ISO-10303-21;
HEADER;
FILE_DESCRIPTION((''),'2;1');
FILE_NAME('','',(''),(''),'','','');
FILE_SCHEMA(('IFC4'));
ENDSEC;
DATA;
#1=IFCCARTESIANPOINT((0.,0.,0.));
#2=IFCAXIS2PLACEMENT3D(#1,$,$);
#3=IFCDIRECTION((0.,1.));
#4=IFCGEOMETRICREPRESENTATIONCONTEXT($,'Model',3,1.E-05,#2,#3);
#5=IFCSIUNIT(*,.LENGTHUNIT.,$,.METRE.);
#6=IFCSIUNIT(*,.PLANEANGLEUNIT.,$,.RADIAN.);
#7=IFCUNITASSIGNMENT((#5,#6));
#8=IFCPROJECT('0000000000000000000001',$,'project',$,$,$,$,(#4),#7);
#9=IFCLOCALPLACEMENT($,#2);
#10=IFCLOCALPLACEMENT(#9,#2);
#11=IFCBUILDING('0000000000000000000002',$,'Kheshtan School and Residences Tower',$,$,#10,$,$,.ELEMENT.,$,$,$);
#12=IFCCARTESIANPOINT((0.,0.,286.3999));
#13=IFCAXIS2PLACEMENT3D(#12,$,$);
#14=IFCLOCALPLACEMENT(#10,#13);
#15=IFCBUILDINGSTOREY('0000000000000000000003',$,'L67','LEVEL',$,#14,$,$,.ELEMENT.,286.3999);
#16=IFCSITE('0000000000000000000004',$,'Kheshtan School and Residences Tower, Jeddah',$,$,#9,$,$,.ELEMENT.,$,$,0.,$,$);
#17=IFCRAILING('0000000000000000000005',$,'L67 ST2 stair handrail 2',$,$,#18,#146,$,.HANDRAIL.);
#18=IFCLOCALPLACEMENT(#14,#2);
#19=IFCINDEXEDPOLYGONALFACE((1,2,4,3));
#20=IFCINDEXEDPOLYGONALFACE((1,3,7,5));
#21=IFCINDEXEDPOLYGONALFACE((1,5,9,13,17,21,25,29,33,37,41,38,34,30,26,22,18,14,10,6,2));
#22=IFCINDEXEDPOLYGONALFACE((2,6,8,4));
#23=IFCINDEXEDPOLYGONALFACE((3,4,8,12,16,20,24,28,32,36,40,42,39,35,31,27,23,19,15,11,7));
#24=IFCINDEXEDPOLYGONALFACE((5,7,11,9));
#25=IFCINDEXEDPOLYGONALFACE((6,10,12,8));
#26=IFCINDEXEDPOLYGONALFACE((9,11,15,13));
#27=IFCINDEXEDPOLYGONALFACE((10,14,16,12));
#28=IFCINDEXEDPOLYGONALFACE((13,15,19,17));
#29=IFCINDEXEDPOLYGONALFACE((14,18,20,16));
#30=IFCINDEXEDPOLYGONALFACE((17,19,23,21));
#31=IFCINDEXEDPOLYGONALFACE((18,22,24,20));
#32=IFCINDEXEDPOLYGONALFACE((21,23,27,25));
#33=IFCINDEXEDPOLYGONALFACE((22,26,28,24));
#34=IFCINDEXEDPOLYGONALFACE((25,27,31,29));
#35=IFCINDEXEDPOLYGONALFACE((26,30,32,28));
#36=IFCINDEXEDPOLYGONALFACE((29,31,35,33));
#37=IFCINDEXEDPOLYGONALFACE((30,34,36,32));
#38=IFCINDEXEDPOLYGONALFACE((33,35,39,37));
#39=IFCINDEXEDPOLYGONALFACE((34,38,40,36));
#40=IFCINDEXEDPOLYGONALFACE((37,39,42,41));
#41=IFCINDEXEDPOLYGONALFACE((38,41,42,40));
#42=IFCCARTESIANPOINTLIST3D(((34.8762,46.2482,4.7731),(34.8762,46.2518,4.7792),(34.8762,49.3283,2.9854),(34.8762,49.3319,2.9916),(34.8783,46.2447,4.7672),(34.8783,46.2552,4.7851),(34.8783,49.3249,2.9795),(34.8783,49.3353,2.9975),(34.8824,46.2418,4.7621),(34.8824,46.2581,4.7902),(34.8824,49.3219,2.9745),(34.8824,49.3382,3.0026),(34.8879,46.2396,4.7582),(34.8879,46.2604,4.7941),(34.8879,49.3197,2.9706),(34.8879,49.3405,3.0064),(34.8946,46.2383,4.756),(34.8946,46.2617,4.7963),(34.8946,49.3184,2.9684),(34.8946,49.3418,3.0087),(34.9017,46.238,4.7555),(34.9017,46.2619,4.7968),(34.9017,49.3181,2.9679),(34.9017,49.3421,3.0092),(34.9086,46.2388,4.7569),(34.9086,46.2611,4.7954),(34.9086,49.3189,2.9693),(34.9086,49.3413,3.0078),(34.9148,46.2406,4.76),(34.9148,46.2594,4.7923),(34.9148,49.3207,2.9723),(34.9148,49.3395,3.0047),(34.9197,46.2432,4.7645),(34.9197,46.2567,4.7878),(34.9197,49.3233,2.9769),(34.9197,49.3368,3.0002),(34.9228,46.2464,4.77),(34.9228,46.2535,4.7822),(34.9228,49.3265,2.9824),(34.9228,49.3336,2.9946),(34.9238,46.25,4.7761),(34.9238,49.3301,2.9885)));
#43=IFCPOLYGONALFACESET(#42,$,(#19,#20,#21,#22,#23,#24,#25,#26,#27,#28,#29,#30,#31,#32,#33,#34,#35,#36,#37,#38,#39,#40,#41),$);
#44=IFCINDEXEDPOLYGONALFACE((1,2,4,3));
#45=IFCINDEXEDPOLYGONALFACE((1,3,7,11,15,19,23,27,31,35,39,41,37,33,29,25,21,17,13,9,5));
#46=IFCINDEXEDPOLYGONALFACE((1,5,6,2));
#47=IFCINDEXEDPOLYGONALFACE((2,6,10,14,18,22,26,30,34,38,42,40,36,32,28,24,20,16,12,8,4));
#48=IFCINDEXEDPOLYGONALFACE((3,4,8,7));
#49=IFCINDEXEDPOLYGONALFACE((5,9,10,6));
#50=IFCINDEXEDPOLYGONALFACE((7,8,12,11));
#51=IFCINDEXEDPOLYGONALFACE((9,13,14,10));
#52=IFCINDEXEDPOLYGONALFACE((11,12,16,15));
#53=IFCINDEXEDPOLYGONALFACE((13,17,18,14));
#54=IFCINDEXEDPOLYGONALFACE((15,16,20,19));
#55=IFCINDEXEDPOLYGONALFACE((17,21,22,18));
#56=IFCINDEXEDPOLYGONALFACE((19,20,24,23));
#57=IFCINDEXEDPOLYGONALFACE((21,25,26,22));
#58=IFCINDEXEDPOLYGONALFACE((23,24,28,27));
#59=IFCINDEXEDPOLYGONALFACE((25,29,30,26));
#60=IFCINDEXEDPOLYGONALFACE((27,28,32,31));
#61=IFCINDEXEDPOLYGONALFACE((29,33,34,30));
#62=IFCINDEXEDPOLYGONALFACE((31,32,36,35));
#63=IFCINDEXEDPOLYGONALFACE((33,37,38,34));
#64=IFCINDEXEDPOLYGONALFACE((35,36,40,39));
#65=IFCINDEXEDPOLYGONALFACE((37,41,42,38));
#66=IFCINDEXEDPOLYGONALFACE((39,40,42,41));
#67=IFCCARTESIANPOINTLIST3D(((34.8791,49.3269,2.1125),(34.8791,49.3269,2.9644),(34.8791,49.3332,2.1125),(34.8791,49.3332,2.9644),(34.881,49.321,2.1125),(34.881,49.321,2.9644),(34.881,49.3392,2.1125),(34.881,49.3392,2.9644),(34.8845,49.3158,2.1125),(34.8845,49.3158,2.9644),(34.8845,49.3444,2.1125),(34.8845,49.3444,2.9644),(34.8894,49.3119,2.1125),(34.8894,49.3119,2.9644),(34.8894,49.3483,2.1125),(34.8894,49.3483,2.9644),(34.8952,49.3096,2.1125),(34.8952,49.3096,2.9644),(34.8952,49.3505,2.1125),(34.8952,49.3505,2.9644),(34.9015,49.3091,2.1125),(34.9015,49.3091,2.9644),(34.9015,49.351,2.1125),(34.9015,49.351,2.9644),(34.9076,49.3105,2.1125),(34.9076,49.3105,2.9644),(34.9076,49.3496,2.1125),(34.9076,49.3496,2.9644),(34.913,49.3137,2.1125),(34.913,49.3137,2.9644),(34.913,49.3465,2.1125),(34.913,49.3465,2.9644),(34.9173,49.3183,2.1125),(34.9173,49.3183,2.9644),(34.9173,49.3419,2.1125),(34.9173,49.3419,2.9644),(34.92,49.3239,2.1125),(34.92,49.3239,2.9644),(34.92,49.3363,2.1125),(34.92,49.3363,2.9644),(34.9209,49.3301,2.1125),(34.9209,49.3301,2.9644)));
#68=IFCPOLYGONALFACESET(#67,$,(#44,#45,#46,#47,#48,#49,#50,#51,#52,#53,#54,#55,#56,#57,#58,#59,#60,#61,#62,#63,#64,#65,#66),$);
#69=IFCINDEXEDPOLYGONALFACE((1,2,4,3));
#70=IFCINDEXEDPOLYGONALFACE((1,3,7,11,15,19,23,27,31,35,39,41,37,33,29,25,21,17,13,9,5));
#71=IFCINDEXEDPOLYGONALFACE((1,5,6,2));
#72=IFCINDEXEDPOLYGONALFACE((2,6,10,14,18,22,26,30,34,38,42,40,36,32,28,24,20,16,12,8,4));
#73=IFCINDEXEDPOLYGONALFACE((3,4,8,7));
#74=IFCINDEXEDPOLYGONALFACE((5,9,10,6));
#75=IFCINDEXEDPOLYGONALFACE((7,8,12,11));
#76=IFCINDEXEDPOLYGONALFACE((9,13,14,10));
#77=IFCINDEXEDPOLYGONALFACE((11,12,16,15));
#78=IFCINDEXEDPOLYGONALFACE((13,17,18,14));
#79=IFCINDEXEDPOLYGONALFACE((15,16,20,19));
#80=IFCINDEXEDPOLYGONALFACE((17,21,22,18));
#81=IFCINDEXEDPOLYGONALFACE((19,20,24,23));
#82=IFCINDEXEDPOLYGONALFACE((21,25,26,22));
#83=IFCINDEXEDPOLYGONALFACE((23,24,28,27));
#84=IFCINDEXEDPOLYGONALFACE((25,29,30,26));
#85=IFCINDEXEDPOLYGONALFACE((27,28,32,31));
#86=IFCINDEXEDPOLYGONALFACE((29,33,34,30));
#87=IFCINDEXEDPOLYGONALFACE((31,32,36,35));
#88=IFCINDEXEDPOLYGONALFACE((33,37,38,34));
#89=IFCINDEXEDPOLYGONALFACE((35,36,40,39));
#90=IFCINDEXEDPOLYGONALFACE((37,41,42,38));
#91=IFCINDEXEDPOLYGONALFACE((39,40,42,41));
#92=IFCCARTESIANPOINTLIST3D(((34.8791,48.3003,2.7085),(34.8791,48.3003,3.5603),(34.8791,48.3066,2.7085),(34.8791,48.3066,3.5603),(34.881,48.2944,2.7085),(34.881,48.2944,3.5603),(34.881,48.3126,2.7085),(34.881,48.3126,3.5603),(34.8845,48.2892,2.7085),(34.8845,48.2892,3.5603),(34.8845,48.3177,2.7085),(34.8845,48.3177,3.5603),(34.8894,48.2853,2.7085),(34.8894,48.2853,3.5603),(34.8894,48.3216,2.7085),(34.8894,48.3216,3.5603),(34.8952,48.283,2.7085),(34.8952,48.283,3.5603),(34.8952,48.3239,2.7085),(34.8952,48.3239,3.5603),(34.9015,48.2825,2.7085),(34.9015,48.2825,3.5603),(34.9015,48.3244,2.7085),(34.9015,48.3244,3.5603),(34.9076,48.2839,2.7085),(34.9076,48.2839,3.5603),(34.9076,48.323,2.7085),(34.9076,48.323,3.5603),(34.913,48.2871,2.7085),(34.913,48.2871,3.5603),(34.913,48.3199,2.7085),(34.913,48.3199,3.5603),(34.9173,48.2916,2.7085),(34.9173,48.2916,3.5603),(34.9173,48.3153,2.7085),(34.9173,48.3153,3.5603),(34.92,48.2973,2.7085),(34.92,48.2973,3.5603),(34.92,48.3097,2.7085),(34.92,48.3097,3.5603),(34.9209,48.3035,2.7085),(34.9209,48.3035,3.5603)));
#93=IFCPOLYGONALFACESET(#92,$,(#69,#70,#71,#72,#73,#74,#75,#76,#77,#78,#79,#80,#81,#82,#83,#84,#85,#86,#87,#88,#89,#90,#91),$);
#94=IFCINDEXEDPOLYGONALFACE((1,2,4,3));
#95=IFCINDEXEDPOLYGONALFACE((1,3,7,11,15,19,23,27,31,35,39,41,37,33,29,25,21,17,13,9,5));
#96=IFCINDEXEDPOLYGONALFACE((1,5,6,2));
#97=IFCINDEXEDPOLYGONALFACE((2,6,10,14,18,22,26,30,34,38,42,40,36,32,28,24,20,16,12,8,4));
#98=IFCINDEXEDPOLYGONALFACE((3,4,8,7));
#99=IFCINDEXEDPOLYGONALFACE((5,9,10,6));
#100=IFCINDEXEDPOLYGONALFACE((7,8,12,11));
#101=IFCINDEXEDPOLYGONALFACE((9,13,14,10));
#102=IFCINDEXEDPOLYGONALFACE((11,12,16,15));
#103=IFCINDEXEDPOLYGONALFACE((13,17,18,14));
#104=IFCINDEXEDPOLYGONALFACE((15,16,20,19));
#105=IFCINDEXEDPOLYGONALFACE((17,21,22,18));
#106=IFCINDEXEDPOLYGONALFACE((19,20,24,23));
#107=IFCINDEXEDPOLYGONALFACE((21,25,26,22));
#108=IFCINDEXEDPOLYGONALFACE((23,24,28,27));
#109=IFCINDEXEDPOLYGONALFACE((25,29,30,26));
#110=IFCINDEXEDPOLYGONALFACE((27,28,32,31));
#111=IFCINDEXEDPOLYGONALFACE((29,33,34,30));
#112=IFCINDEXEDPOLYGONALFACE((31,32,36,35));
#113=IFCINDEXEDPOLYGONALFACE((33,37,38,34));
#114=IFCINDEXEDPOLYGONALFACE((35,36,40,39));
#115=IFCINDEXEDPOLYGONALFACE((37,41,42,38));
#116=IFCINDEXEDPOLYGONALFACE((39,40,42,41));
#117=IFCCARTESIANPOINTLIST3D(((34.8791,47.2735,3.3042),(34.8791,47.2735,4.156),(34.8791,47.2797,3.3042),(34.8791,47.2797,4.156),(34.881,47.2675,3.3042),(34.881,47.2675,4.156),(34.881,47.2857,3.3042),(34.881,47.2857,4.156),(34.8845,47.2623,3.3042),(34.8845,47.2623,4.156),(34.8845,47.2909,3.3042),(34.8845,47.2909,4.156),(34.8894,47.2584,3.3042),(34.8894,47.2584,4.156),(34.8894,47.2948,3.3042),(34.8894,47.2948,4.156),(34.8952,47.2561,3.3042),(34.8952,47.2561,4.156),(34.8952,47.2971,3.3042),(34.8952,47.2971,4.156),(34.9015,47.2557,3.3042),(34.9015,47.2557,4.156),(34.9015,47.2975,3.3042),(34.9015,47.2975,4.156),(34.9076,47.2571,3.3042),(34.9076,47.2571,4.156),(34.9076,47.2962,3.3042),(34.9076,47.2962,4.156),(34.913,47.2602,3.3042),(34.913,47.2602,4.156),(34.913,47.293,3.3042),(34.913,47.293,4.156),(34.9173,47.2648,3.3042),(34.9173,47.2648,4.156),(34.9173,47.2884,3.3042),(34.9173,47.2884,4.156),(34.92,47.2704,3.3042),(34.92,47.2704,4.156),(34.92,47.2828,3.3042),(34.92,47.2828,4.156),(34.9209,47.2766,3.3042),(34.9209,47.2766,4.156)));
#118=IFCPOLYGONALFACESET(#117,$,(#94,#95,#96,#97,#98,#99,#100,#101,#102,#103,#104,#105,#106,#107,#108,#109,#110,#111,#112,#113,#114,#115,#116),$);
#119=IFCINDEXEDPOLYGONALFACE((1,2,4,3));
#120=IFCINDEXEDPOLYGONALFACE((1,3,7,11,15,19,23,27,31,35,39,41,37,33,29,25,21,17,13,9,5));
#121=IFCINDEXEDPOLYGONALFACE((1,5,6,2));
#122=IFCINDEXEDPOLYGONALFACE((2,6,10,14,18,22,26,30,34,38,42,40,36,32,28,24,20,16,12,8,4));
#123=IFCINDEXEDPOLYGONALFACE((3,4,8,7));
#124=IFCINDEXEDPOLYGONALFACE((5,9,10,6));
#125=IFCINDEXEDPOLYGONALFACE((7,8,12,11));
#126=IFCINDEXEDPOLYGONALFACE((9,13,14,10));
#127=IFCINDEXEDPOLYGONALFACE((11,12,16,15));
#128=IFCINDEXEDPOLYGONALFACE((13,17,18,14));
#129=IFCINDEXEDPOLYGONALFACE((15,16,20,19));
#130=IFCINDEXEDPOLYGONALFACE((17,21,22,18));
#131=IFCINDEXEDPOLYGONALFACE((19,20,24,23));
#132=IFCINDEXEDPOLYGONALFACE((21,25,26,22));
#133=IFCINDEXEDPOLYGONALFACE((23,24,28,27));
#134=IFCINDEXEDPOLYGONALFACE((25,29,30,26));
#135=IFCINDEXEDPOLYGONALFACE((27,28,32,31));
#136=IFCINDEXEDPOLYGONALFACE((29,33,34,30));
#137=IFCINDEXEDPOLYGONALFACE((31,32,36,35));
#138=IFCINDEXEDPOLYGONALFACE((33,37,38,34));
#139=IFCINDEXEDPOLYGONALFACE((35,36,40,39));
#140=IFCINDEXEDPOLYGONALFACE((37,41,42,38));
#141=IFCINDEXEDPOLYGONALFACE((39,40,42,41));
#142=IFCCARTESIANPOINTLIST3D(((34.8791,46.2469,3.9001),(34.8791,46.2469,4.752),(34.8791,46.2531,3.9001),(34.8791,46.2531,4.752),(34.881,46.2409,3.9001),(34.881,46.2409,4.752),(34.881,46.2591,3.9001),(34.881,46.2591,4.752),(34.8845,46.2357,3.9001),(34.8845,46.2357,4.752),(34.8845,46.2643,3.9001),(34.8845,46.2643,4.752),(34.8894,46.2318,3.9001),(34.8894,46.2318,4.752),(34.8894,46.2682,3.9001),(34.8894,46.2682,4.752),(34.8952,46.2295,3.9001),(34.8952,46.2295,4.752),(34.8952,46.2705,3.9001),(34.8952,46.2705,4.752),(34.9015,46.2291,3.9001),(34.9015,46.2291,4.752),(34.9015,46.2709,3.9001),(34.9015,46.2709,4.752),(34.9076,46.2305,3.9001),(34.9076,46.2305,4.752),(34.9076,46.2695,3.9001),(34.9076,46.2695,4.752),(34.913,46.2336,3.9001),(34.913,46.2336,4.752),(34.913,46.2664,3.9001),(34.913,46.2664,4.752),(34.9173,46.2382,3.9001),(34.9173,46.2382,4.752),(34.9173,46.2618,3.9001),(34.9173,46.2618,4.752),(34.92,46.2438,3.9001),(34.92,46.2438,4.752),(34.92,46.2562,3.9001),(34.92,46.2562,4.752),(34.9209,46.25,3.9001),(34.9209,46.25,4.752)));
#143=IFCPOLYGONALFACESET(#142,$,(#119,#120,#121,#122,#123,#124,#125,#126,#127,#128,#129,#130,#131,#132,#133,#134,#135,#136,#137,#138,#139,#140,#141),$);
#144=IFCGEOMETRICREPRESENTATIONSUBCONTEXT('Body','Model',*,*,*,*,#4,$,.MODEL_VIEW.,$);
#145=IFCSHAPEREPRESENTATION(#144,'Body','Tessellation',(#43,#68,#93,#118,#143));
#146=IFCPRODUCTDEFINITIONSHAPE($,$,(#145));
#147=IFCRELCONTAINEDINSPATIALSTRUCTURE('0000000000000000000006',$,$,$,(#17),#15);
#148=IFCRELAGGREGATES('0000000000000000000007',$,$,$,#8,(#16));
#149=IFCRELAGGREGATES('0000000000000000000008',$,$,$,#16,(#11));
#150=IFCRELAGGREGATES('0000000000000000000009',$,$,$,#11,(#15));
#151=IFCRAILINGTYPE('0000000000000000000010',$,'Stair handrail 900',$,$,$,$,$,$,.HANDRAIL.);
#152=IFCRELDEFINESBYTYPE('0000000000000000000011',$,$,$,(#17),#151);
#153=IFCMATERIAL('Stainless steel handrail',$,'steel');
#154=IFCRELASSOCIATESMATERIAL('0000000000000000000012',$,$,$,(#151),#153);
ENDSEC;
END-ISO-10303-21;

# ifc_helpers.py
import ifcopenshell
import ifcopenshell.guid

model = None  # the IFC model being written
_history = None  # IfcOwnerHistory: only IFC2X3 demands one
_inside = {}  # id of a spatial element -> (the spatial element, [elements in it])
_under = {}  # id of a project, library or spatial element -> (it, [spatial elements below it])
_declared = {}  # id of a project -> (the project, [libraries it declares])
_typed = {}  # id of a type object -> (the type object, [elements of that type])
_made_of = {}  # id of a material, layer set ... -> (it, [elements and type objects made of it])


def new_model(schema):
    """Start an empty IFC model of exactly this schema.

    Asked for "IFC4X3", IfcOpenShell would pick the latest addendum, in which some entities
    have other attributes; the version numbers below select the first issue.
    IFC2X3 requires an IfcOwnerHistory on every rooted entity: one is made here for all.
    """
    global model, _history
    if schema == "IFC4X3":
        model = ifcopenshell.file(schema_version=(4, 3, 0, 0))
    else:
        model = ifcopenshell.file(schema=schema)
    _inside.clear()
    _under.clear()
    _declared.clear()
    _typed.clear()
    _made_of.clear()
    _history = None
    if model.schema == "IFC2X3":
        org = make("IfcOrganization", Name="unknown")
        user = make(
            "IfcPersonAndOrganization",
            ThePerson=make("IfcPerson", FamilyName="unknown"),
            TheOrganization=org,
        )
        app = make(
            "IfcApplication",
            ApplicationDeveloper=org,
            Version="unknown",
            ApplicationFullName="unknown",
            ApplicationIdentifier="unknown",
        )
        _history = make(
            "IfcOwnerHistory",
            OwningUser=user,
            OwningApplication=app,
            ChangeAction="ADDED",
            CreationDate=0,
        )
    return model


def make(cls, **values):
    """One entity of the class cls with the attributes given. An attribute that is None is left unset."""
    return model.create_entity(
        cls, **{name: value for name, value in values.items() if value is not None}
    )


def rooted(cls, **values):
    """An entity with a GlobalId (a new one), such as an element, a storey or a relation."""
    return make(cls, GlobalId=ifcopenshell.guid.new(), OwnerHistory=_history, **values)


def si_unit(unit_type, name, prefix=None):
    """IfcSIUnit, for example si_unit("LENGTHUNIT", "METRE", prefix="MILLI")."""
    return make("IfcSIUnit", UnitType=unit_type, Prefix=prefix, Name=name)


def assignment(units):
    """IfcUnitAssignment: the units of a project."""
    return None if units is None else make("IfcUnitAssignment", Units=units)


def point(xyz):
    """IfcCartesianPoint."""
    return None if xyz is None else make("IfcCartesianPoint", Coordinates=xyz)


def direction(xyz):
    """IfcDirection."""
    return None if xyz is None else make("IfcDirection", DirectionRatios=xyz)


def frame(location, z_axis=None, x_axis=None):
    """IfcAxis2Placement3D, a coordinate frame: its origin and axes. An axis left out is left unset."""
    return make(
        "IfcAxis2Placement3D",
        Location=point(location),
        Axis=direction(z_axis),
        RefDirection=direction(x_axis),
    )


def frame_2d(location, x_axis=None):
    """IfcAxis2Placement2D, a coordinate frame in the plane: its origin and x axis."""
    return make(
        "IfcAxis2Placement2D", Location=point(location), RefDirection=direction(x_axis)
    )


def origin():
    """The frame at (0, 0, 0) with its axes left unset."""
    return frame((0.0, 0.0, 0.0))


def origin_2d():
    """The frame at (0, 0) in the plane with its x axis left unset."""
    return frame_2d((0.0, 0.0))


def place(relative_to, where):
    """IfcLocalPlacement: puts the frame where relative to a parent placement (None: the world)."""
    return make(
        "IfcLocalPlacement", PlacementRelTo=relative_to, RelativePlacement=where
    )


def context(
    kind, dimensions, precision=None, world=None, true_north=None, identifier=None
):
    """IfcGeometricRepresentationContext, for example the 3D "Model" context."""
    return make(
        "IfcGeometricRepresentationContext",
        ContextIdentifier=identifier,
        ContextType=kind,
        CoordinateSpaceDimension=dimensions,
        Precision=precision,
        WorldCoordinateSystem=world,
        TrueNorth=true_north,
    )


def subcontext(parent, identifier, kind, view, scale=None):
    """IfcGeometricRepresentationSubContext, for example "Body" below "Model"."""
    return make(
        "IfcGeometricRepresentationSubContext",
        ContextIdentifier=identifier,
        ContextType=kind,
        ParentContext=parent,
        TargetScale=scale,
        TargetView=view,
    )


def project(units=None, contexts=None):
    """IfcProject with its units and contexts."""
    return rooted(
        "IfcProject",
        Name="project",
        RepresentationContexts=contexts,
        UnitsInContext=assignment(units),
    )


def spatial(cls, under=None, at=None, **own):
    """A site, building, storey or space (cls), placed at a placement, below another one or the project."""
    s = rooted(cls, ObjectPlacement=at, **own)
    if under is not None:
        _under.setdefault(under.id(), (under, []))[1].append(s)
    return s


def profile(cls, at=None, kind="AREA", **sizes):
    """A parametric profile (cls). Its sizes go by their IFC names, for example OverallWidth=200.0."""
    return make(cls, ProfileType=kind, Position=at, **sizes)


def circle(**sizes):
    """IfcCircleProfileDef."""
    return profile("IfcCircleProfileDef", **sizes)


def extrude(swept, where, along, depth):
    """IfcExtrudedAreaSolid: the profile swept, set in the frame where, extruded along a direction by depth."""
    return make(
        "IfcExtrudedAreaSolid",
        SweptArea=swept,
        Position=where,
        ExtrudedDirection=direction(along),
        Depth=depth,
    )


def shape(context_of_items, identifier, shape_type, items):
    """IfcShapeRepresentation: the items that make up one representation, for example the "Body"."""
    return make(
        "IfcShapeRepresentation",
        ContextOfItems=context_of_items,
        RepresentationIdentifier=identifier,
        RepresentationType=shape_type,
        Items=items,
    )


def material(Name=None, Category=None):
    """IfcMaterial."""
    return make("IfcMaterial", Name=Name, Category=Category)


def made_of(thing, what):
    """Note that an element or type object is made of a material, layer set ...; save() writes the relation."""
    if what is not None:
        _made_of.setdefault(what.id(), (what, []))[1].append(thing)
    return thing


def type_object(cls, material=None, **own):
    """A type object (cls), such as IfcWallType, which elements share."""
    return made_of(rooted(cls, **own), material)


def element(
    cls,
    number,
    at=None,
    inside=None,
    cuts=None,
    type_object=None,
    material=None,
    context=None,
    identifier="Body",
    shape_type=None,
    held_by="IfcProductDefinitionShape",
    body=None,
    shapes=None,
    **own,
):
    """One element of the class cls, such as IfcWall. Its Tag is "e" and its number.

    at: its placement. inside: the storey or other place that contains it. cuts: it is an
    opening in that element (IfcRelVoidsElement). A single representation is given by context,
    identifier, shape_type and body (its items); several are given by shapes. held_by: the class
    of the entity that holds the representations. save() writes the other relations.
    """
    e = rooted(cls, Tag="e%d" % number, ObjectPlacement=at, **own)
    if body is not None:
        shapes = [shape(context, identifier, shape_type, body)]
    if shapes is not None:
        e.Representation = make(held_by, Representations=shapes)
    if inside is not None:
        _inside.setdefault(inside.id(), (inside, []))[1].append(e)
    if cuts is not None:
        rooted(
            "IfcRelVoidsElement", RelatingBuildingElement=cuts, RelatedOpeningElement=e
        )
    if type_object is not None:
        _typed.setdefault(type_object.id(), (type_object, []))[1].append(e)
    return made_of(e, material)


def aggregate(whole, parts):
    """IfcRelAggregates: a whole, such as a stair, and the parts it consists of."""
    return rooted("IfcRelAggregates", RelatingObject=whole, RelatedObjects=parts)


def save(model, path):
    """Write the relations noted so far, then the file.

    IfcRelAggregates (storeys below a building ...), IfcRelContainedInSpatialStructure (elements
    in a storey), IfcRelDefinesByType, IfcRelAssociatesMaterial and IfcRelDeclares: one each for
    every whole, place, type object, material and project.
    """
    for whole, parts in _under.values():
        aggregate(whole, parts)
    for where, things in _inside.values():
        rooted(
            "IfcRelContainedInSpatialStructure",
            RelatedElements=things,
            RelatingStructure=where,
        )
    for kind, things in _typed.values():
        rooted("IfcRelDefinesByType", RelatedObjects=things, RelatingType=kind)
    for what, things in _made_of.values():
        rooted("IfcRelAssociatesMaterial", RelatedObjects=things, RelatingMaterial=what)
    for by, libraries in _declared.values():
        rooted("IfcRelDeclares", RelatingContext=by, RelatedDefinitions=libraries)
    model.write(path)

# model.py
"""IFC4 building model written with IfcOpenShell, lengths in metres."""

from ifc_helpers import new_model, si_unit, direction, frame, origin, origin_2d, place, context, subcontext, project, spatial, circle, extrude, material, type_object, element, save


model = new_model("IFC4")

# Units and contexts
model_context = context("Model", 3, precision=1e-05, world=origin(), true_north=direction((0.0, 1.0)))
body_context = subcontext(model_context, "Body", "Model", "MODEL_VIEW")
ifc_project = project(units=[si_unit("LENGTHUNIT", "METRE"), si_unit("PLANEANGLEUNIT", "RADIAN")], contexts=[model_context])

# Site, building, storey
site_placement = place(None, origin())
site = spatial("IfcSite", under=ifc_project, at=site_placement, Name="Kheshtan School and Residences Tower, Jeddah", CompositionType="ELEMENT", RefElevation=0.0)
building_placement = place(site_placement, origin())
building = spatial("IfcBuilding", under=site, at=building_placement, Name="Kheshtan School and Residences Tower", CompositionType="ELEMENT")
storey_placement = place(building_placement, frame((0.0, 0.0, 286.3999)))
storey = spatial("IfcBuildingStorey", under=building, at=storey_placement, Name="L67", Description="LEVEL", CompositionType="ELEMENT", Elevation=286.3999)

# Railing
ifc_material_1 = material(Name="Stainless steel handrail", Category="steel")
railing_type_1 = type_object("IfcRailingType", Name="Stair handrail 900", PredefinedType="HANDRAIL", material=ifc_material_1)
railing_1_placement = place(storey_placement, frame((34.8999, 49.3301, 2.1125)))
element("IfcRailing", 1, at=railing_1_placement, inside=storey, type_object=railing_type_1, Name="L67 ST2 stair handrail 2", PredefinedType="HANDRAIL", context=body_context, shape_type="SweptSolid", body=[
    extrude(circle(Radius=0.0239, at=origin_2d()), frame((0.0, 0.0, 0.876), z_axis=(0.0, -0.864891, 0.50196), x_axis=(1.0, 0.0, 0.0)), (0.0, 0.0, 1.0), 3.5613),
    extrude(circle(Radius=0.021, at=origin_2d()), origin(), (0.0, 0.0, 1.0), 0.8518),
    extrude(circle(Radius=0.021, at=origin_2d()), frame((0.0, -1.0266, 0.5959)), (0.0, 0.0, 1.0), 0.8518),
    extrude(circle(Radius=0.021, at=origin_2d()), frame((0.0, -2.0535, 1.1917)), (0.0, 0.0, 1.0), 0.8518),
    extrude(circle(Radius=0.021, at=origin_2d()), frame((0.0, -3.0801, 1.7876)), (0.0, 0.0, 1.0), 0.8518),
])

save(model, "model.ifc")
